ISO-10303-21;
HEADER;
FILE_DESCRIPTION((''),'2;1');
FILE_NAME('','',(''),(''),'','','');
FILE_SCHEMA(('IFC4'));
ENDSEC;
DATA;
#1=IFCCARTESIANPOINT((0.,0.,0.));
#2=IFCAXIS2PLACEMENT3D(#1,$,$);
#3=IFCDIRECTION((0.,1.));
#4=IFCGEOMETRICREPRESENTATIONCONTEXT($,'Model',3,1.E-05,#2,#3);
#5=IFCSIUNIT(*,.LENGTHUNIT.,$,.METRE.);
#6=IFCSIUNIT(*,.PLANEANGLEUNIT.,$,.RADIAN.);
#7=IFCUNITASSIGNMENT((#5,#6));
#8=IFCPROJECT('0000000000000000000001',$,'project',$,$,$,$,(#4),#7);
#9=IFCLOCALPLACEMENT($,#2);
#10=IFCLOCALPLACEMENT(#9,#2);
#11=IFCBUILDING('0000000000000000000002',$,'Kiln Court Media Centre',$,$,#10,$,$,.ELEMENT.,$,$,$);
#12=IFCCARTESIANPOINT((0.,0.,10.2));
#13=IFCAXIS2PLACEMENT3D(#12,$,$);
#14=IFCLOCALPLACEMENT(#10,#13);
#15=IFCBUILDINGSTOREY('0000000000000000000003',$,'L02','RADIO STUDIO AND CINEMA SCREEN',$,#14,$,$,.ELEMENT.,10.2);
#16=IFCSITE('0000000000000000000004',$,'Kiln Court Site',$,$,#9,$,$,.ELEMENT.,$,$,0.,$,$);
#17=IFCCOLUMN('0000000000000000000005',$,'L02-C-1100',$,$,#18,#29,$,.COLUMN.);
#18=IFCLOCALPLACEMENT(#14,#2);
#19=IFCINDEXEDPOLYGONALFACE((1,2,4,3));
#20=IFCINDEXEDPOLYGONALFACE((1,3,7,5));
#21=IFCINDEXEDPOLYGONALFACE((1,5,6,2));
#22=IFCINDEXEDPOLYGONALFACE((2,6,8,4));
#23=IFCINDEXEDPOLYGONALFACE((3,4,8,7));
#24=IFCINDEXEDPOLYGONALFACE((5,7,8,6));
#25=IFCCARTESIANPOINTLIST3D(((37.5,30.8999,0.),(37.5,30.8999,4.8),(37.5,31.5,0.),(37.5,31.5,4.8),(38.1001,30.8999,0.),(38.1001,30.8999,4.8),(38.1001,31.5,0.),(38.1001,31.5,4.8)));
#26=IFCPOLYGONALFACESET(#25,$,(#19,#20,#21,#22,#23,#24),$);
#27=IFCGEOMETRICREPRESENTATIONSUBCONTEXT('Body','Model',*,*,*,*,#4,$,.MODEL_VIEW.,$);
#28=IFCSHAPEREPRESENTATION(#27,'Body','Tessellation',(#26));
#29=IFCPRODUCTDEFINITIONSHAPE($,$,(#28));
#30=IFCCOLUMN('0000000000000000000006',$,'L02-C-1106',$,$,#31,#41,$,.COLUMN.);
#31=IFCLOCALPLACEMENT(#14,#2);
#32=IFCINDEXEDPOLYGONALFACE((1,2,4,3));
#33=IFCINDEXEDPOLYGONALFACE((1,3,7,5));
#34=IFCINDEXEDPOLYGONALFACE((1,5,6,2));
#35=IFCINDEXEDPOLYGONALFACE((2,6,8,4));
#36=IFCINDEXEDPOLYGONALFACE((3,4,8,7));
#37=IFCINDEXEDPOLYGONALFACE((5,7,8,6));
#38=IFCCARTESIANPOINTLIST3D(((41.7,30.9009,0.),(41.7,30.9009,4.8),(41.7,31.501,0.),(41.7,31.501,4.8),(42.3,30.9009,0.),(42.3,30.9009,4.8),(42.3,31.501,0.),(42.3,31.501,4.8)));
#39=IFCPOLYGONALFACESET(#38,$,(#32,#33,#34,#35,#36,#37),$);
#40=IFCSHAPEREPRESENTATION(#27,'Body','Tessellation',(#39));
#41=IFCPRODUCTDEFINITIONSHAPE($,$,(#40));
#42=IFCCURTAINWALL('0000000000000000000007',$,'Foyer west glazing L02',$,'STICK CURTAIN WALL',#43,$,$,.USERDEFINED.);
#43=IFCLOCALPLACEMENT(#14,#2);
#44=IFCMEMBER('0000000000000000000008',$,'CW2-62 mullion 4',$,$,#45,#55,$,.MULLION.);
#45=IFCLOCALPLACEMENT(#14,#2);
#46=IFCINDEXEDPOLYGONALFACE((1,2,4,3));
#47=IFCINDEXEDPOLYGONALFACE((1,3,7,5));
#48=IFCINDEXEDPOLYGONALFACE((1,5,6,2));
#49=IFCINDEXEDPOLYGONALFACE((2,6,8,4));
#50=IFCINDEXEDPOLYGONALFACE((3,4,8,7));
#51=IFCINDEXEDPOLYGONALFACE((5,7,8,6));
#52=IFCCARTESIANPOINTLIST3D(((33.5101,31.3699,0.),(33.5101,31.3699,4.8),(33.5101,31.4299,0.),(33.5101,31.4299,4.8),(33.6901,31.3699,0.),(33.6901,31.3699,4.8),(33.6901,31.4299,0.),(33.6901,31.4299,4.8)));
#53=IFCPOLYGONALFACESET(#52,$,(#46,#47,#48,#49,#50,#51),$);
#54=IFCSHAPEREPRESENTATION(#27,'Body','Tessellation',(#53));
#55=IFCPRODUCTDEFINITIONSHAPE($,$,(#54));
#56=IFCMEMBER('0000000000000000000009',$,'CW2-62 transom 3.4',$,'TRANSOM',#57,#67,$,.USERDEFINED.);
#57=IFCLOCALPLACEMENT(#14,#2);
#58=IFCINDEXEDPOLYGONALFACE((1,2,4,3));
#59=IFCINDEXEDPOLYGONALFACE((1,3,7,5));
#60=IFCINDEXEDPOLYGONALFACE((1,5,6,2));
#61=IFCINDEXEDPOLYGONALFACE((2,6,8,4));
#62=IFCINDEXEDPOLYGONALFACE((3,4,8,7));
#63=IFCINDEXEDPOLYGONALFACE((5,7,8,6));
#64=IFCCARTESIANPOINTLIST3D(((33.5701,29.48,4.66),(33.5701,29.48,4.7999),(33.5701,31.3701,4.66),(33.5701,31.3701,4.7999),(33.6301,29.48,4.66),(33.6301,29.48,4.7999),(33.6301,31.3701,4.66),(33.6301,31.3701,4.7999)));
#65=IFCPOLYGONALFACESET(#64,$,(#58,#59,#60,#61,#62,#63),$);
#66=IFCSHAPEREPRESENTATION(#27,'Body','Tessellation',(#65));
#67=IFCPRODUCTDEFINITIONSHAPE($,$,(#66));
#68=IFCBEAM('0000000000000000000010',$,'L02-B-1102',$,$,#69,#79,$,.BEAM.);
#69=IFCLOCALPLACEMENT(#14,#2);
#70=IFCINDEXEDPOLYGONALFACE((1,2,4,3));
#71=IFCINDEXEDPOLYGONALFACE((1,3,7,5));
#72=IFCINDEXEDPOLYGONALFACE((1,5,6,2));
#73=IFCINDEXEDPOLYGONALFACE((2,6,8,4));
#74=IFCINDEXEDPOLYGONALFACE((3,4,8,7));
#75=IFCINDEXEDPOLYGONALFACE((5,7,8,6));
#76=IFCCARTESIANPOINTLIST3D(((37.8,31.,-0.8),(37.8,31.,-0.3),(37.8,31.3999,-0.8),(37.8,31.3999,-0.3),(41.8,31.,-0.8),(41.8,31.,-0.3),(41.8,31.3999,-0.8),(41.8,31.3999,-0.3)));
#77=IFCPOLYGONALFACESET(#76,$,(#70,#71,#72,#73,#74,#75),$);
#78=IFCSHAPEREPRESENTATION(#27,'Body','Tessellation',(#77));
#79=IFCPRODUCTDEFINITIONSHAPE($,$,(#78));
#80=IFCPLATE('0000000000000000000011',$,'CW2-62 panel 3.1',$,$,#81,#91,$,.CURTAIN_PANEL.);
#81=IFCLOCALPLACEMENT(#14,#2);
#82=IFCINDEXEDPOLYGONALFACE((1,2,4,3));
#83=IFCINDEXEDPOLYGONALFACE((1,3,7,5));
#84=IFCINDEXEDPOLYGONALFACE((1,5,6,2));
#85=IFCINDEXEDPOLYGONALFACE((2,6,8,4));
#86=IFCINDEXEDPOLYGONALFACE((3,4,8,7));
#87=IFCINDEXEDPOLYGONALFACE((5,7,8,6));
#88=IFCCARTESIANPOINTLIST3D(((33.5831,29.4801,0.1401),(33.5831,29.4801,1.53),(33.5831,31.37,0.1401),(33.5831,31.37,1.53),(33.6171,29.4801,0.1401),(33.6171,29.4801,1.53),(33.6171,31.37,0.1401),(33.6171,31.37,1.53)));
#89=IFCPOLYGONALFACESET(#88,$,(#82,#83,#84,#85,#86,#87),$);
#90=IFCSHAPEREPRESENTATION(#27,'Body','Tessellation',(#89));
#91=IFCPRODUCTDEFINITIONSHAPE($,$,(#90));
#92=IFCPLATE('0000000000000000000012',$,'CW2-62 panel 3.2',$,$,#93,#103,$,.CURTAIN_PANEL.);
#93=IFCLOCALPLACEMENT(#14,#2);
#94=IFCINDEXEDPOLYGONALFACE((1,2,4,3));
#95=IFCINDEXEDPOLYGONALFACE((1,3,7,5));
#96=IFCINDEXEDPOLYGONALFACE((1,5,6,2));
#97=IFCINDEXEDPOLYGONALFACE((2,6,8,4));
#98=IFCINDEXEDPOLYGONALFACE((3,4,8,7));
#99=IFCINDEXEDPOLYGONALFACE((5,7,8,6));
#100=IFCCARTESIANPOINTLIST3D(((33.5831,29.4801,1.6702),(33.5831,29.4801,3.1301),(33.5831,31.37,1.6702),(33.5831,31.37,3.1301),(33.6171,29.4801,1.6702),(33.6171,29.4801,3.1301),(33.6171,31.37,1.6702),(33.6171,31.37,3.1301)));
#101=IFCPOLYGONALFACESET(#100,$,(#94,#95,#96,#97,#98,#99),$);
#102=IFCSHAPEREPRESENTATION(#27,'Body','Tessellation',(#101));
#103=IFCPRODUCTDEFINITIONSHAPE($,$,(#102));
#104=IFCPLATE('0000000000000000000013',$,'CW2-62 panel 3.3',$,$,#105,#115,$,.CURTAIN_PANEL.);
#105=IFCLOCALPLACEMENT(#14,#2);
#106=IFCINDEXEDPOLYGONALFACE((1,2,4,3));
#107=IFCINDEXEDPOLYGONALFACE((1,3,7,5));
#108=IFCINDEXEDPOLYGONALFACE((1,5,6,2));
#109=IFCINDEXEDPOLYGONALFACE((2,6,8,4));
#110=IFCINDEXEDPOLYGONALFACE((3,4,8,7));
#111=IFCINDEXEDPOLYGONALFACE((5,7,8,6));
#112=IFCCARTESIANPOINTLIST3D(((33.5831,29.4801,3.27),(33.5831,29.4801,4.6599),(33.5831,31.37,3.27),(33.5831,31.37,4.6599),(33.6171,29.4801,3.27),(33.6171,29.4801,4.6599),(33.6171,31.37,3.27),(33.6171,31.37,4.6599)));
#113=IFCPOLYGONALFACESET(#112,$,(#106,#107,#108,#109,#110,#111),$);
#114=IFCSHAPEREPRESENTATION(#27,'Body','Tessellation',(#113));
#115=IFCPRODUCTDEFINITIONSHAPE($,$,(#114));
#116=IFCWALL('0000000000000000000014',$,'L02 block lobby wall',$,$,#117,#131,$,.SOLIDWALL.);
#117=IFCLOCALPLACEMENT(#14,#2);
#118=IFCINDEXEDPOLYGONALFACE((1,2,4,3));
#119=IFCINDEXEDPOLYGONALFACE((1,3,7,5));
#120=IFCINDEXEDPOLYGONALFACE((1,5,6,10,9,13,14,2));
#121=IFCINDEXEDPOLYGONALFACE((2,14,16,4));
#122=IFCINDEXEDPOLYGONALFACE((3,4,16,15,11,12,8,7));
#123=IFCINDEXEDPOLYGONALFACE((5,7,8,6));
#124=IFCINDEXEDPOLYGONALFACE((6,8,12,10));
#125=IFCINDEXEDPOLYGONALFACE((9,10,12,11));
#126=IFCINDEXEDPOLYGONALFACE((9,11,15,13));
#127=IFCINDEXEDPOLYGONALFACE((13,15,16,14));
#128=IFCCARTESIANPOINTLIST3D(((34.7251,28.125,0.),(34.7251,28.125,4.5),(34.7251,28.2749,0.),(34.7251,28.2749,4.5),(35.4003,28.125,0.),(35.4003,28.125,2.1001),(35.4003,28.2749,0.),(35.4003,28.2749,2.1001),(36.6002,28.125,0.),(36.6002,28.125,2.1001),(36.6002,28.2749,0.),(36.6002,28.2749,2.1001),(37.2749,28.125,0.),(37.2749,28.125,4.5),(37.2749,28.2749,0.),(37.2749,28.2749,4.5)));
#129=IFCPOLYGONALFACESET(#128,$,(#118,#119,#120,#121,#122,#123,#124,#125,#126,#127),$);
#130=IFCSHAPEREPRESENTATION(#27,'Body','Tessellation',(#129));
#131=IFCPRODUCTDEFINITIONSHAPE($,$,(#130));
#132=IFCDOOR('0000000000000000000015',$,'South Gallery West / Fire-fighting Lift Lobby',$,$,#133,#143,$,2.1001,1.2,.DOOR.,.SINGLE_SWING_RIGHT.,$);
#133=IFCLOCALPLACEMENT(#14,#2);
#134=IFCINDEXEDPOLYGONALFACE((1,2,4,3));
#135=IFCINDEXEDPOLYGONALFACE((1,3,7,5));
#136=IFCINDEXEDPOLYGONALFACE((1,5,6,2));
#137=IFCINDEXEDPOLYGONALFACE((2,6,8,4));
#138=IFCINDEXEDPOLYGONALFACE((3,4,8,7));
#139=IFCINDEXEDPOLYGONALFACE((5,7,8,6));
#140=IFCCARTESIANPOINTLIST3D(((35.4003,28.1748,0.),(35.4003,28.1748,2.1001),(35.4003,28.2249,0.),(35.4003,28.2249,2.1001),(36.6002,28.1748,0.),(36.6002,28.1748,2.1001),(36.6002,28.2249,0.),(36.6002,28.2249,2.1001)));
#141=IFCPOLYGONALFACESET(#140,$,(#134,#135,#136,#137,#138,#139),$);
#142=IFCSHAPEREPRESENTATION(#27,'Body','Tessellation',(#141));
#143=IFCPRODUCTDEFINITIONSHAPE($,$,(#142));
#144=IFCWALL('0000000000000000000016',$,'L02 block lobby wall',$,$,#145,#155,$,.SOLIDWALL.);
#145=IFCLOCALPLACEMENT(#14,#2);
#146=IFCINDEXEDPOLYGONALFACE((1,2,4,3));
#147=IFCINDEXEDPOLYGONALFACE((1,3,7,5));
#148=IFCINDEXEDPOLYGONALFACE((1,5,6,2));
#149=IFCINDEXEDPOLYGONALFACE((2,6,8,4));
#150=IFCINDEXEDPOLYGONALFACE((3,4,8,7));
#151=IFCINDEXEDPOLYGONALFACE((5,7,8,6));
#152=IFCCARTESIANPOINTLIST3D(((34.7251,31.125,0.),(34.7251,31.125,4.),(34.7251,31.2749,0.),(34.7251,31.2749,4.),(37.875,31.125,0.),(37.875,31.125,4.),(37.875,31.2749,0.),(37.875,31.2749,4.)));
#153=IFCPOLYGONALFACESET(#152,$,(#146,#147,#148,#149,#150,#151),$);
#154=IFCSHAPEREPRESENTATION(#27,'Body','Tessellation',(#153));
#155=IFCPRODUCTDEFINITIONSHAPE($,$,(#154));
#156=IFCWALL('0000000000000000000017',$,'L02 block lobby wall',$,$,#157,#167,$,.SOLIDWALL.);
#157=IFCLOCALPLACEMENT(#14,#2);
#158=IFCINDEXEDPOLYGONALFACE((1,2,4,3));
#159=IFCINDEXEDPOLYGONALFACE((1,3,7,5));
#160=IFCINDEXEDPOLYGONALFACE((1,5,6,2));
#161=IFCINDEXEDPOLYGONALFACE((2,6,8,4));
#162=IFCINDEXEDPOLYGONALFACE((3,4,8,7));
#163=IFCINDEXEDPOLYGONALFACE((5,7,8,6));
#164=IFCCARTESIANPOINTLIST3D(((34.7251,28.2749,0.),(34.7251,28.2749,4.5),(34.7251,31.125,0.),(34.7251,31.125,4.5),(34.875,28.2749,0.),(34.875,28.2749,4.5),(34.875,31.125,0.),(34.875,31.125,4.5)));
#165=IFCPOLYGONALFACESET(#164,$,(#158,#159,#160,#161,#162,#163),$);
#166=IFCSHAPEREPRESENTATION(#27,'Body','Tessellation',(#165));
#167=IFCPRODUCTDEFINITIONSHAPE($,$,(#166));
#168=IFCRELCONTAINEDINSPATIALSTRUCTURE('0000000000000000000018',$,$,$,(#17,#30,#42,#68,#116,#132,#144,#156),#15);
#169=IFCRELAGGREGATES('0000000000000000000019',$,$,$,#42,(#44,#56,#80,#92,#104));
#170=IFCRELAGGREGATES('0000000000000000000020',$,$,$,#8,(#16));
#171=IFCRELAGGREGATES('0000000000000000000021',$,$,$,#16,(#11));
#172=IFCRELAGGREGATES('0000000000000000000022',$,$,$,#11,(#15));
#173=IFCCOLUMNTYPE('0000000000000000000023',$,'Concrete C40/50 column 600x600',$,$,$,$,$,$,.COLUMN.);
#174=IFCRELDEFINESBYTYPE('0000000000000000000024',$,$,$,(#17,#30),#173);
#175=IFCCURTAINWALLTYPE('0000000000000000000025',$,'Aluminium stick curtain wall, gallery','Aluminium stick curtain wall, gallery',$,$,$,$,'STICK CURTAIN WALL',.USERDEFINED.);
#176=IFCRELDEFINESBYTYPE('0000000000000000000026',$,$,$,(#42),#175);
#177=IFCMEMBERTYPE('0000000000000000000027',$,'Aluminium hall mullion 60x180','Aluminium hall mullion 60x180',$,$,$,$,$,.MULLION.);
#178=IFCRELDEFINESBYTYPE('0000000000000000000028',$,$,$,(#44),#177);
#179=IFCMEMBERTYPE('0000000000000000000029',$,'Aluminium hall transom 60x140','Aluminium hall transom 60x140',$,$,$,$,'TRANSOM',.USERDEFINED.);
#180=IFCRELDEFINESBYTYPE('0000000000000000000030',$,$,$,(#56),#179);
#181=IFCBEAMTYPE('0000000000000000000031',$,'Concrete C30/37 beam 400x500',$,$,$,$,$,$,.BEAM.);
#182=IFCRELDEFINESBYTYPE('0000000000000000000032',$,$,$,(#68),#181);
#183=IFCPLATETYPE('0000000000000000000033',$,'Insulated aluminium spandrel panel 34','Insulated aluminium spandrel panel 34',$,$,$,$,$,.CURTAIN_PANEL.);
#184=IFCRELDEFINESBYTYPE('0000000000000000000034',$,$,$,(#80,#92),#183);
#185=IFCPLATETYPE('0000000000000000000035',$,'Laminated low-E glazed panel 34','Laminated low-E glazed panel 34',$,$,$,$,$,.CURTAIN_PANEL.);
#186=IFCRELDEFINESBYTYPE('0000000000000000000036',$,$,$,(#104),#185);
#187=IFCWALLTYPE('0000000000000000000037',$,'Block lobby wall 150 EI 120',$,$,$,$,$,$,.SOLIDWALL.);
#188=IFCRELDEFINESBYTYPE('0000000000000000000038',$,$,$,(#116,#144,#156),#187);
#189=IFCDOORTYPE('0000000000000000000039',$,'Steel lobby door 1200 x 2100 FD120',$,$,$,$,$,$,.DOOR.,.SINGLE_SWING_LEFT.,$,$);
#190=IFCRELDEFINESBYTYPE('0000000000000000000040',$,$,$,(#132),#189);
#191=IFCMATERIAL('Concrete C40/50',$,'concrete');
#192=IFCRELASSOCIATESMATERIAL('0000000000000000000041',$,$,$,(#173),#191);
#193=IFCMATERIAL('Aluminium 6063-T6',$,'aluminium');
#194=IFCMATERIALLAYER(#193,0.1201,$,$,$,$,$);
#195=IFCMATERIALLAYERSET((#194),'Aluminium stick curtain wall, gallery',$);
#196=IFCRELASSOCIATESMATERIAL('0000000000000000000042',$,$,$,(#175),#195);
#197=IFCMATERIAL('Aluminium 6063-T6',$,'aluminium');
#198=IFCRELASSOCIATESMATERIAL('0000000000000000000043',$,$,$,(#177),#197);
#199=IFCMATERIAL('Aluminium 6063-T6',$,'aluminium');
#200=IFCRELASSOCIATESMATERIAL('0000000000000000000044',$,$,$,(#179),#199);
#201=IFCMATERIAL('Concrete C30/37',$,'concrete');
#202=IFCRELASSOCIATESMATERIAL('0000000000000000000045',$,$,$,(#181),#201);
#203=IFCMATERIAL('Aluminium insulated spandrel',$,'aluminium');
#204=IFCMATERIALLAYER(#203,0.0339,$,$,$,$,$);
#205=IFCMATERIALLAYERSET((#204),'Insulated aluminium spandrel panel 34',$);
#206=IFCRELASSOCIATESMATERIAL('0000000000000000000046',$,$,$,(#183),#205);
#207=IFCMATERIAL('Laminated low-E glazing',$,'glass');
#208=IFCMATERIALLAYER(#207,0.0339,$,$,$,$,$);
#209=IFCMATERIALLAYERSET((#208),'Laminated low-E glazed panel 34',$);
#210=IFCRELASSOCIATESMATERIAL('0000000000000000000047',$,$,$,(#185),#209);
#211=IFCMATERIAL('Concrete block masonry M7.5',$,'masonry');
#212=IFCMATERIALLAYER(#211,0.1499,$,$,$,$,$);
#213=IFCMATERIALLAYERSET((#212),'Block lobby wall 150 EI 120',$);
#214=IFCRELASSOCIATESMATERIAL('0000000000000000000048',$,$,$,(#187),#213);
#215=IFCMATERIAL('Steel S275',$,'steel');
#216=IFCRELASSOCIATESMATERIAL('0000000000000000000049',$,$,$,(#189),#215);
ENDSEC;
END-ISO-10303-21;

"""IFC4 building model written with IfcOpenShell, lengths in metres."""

from ifc_helpers import new_model, si_unit, direction, frame, frame_2d, origin, origin_2d, place, context, subcontext, project, spatial, rectangle, extrude, material, layer, layer_set, material_profile, profile_set, type_object, element, fill, aggregate, save


model = new_model("IFC4")

# Units and contexts
model_context = context("Model", 3, precision=1e-05, world=origin(), true_north=direction((0.0, 1.0)))
body_context = subcontext(model_context, "Body", "Model", "MODEL_VIEW")
ifc_project = project(units=[si_unit("LENGTHUNIT", "METRE"), si_unit("PLANEANGLEUNIT", "RADIAN")], contexts=[model_context])

# Site, building, storey
site_placement = place(None, origin())
site = spatial("IfcSite", under=ifc_project, at=site_placement, Name="Kiln Court Site", CompositionType="ELEMENT", RefElevation=0.0)
building_placement = place(site_placement, origin())
building = spatial("IfcBuilding", under=site, at=building_placement, Name="Kiln Court Media Centre", CompositionType="ELEMENT")
storey_placement = place(building_placement, frame((0.0, 0.0, 10.2)))
storey = spatial("IfcBuildingStorey", under=building, at=storey_placement, Name="L02", Description="RADIO STUDIO AND CINEMA SCREEN", CompositionType="ELEMENT", Elevation=10.2)

# Columns
ifc_material_1 = material(Name="Concrete C40/50", Category="concrete")
ifc_material_profile_1 = material_profile(ifc_material_1, rectangle(XDim=0.6001, YDim=0.6001, at=origin_2d()), Name="RC 600x600")
ifc_profile_set_1 = profile_set([ifc_material_profile_1], Name="Concrete C40/50")
column_type = type_object("IfcColumnType", Name="Concrete C40/50 column 600x600", PredefinedType="COLUMN", material=ifc_profile_set_1)
for number, where, z_axis, x_axis, name in (
    (1, (37.8, 31.2, 0.0), (0.0, 0.0, 1.0), (1.0, 0.0, 0.0), "L02-C-1100"),
    (2, (42.0, 31.2009, 0.0), (0.0, 0.0, 1.0), (1.0, 0.0, 0.0), "L02-C-1106"),
):
    element("IfcColumn", number, at=place(storey_placement, frame(where, z_axis=z_axis, x_axis=x_axis)), inside=storey, type_object=column_type, Name=name, PredefinedType="COLUMN", context=body_context, shape_type="SweptSolid", body=[
        extrude(rectangle(XDim=0.6001, YDim=0.6001, at=origin_2d()), origin(), (0.0, 0.0, 1.0), 4.8),
    ])

# Curtain wall, members
ifc_material_2 = material(Name="Aluminium 6063-T6", Category="aluminium")
ifc_layer_1 = layer(ifc_material_2, 0.1201)
ifc_layer_set_1 = layer_set([ifc_layer_1], Name="Aluminium stick curtain wall, gallery")
curtain_wall_type = type_object("IfcCurtainWallType", Name="Aluminium stick curtain wall, gallery", Description="Aluminium stick curtain wall, gallery", ElementType="STICK CURTAIN WALL", PredefinedType="USERDEFINED", material=ifc_layer_set_1)
curtain_wall_placement = place(storey_placement, origin())
curtain_wall = element("IfcCurtainWall", 3, at=curtain_wall_placement, inside=storey, type_object=curtain_wall_type, Name="Foyer west glazing L02", ObjectType="STICK CURTAIN WALL", PredefinedType="USERDEFINED")
ifc_material_3 = material(Name="Aluminium 6063-T6", Category="aluminium")
ifc_material_profile_2 = material_profile(ifc_material_3, rectangle(XDim=0.0601, YDim=0.1799, at=origin_2d()), Name="Aluminium hall mullion 60x180")
ifc_profile_set_2 = profile_set([ifc_material_profile_2], Name="Aluminium 6063-T6")
member_type_1 = type_object("IfcMemberType", Name="Aluminium hall mullion 60x180", Description="Aluminium hall mullion 60x180", PredefinedType="MULLION", material=ifc_profile_set_2)
member_1_placement = place(storey_placement, frame((33.6001, 31.3999, 0.0), z_axis=(0.0, 0.0, 1.0), x_axis=(0.0, 1.0, 0.0)))
member_1 = element("IfcMember", 4, at=member_1_placement, type_object=member_type_1, Name="CW2-62 mullion 4", PredefinedType="MULLION", context=body_context, shape_type="SweptSolid", body=[
    extrude(rectangle(XDim=0.0601, YDim=0.1799, at=origin_2d()), origin(), (0.0, 0.0, 1.0), 4.8),
])
ifc_material_4 = material(Name="Aluminium 6063-T6", Category="aluminium")
ifc_material_profile_3 = material_profile(ifc_material_4, rectangle(XDim=0.0601, YDim=0.1399, at=origin_2d()), Name="Aluminium hall transom 60x140")
ifc_profile_set_3 = profile_set([ifc_material_profile_3], Name="Aluminium 6063-T6")
member_type_2 = type_object("IfcMemberType", Name="Aluminium hall transom 60x140", Description="Aluminium hall transom 60x140", ElementType="TRANSOM", PredefinedType="USERDEFINED", material=ifc_profile_set_3)
member_2_placement = place(storey_placement, frame((33.6001, 29.48, 4.73), z_axis=(0.0, 1.0, 0.0), x_axis=(-1.0, 0.0, 0.0)))
member_2 = element("IfcMember", 5, at=member_2_placement, type_object=member_type_2, Name="CW2-62 transom 3.4", ObjectType="TRANSOM", PredefinedType="USERDEFINED", context=body_context, shape_type="SweptSolid", body=[
    extrude(rectangle(XDim=0.0601, YDim=0.1399, at=origin_2d()), origin(), (0.0, 0.0, 1.0), 1.8901),
])

# Beam
ifc_material_5 = material(Name="Concrete C30/37", Category="concrete")
ifc_material_profile_4 = material_profile(ifc_material_5, rectangle(XDim=0.3999, YDim=0.5, at=origin_2d()), Name="RC 400x500")
ifc_profile_set_4 = profile_set([ifc_material_profile_4], Name="Concrete C30/37")
beam_type = type_object("IfcBeamType", Name="Concrete C30/37 beam 400x500", PredefinedType="BEAM", material=ifc_profile_set_4)
beam_placement = place(storey_placement, frame((37.8, 31.2, -0.55), z_axis=(1.0, 0.0, 0.0), x_axis=(0.0, 1.0, 0.0)))
element("IfcBeam", 6, at=beam_placement, inside=storey, type_object=beam_type, Name="L02-B-1102", PredefinedType="BEAM", context=body_context, shape_type="SweptSolid", body=[
    extrude(rectangle(XDim=0.3999, YDim=0.5, at=origin_2d()), origin(), (0.0, 0.0, 1.0), 4.0),
])

# Plates
ifc_material_6 = material(Name="Aluminium insulated spandrel", Category="aluminium")
ifc_layer_2 = layer(ifc_material_6, 0.0339)
ifc_layer_set_2 = layer_set([ifc_layer_2], Name="Insulated aluminium spandrel panel 34")
plate_type_1 = type_object("IfcPlateType", Name="Insulated aluminium spandrel panel 34", Description="Insulated aluminium spandrel panel 34", PredefinedType="CURTAIN_PANEL", material=ifc_layer_set_2)
plate_1_placement = place(storey_placement, frame((33.6001, 30.425, 0.1401), z_axis=(0.0, 0.0, 1.0), x_axis=(0.0, 1.0, 0.0)))
plate_1 = element("IfcPlate", 7, at=plate_1_placement, type_object=plate_type_1, Name="CW2-62 panel 3.1", PredefinedType="CURTAIN_PANEL", context=body_context, shape_type="SweptSolid", body=[
    extrude(rectangle(XDim=1.8899, YDim=0.0339, at=origin_2d()), origin(), (0.0, 0.0, 1.0), 1.3899),
])
plate_2_placement = place(storey_placement, frame((33.6001, 30.425, 1.6702), z_axis=(0.0, 0.0, 1.0), x_axis=(0.0, 1.0, 0.0)))
plate_2 = element("IfcPlate", 8, at=plate_2_placement, type_object=plate_type_1, Name="CW2-62 panel 3.2", PredefinedType="CURTAIN_PANEL", context=body_context, shape_type="SweptSolid", body=[
    extrude(rectangle(XDim=1.8899, YDim=0.0339, at=origin_2d()), origin(), (0.0, 0.0, 1.0), 1.46),
])
ifc_material_7 = material(Name="Laminated low-E glazing", Category="glass")
ifc_layer_3 = layer(ifc_material_7, 0.0339)
ifc_layer_set_3 = layer_set([ifc_layer_3], Name="Laminated low-E glazed panel 34")
plate_type_2 = type_object("IfcPlateType", Name="Laminated low-E glazed panel 34", Description="Laminated low-E glazed panel 34", PredefinedType="CURTAIN_PANEL", material=ifc_layer_set_3)
plate_3_placement = place(storey_placement, frame((33.6001, 30.425, 3.27), z_axis=(0.0, 0.0, 1.0), x_axis=(0.0, 1.0, 0.0)))
plate_3 = element("IfcPlate", 9, at=plate_3_placement, type_object=plate_type_2, Name="CW2-62 panel 3.3", PredefinedType="CURTAIN_PANEL", context=body_context, shape_type="SweptSolid", body=[
    extrude(rectangle(XDim=1.8899, YDim=0.0339, at=origin_2d()), origin(), (0.0, 0.0, 1.0), 1.3899),
])
aggregate(curtain_wall, [member_1, member_2, plate_1, plate_2, plate_3])

# Wall, opening, door
ifc_material_8 = material(Name="Concrete block masonry M7.5", Category="masonry")
ifc_layer_4 = layer(ifc_material_8, 0.1499)
ifc_layer_set_4 = layer_set([ifc_layer_4], Name="Block lobby wall 150 EI 120")
wall_type_1 = type_object("IfcWallType", Name="Block lobby wall 150 EI 120", PredefinedType="SOLIDWALL", material=ifc_layer_set_4)
wall_1_placement = place(storey_placement, frame((34.7251, 28.2, 0.0), z_axis=(0.0, 0.0, 1.0), x_axis=(1.0, 0.0, 0.0)))
wall_1 = element("IfcWall", 10, at=wall_1_placement, inside=storey, type_object=wall_type_1, Name="L02 block lobby wall", PredefinedType="SOLIDWALL", context=body_context, shape_type="SweptSolid", body=[
    extrude(rectangle(XDim=2.5498, YDim=0.1499, at=frame_2d((1.2749, 0.0))), origin(), (0.0, 0.0, 1.0), 4.5),
])
opening_1_placement = place(wall_1_placement, frame((0.675, 0.0, 0.0)))
opening_1 = element("IfcOpeningElement", 11, at=opening_1_placement, cuts=wall_1, PredefinedType="OPENING", context=body_context, shape_type="SweptSolid", body=[
    extrude(rectangle(XDim=1.2, YDim=2.1001, at=frame_2d((0.6001, 1.05))), frame((0.0, 0.085, 0.0), z_axis=(0.0, -1.0, 0.0), x_axis=(1.0, 0.0, 0.0)), (0.0, 0.0, 1.0), 0.1699),
])
ifc_material_9 = material(Name="Steel S275", Category="steel")
door_type_1 = type_object("IfcDoorType", Name="Steel lobby door 1200 x 2100 FD120", OperationType="SINGLE_SWING_LEFT", PredefinedType="DOOR", material=ifc_material_9)
door_1_placement = place(opening_1_placement, origin())
door_1 = element("IfcDoor", 12, at=door_1_placement, inside=storey, type_object=door_type_1, Name="South Gallery West / Fire-fighting Lift Lobby", OperationType="SINGLE_SWING_RIGHT", OverallHeight=2.1001, OverallWidth=1.2, PredefinedType="DOOR", context=body_context, shape_type="SweptSolid", body=[
    extrude(rectangle(XDim=1.2, YDim=2.1001, at=frame_2d((0.6001, 1.05))), frame((0.0, 0.0249, 0.0), z_axis=(0.0, -1.0, 0.0), x_axis=(1.0, 0.0, 0.0)), (0.0, 0.0, 1.0), 0.05),
])
fill(opening_1, door_1)

# Walls
wall_2_placement = place(storey_placement, frame((34.7251, 31.2, 0.0), z_axis=(0.0, 0.0, 1.0), x_axis=(1.0, 0.0, 0.0)))
element("IfcWall", 13, at=wall_2_placement, inside=storey, type_object=wall_type_1, Name="L02 block lobby wall", PredefinedType="SOLIDWALL", context=body_context, shape_type="SweptSolid", body=[
    extrude(rectangle(XDim=3.1499, YDim=0.1499, at=frame_2d((1.575, 0.0))), origin(), (0.0, 0.0, 1.0), 4.0),
])
wall_3_placement = place(storey_placement, frame((34.8, 28.2749, 0.0), z_axis=(0.0, 0.0, 1.0), x_axis=(0.0, 1.0, 0.0)))
element("IfcWall", 14, at=wall_3_placement, inside=storey, type_object=wall_type_1, Name="L02 block lobby wall", PredefinedType="SOLIDWALL", context=body_context, shape_type="SweptSolid", body=[
    extrude(rectangle(XDim=2.8501, YDim=0.1499, at=frame_2d((1.425, 0.0))), origin(), (0.0, 0.0, 1.0), 4.5),
])

save(model, "model.ifc")
